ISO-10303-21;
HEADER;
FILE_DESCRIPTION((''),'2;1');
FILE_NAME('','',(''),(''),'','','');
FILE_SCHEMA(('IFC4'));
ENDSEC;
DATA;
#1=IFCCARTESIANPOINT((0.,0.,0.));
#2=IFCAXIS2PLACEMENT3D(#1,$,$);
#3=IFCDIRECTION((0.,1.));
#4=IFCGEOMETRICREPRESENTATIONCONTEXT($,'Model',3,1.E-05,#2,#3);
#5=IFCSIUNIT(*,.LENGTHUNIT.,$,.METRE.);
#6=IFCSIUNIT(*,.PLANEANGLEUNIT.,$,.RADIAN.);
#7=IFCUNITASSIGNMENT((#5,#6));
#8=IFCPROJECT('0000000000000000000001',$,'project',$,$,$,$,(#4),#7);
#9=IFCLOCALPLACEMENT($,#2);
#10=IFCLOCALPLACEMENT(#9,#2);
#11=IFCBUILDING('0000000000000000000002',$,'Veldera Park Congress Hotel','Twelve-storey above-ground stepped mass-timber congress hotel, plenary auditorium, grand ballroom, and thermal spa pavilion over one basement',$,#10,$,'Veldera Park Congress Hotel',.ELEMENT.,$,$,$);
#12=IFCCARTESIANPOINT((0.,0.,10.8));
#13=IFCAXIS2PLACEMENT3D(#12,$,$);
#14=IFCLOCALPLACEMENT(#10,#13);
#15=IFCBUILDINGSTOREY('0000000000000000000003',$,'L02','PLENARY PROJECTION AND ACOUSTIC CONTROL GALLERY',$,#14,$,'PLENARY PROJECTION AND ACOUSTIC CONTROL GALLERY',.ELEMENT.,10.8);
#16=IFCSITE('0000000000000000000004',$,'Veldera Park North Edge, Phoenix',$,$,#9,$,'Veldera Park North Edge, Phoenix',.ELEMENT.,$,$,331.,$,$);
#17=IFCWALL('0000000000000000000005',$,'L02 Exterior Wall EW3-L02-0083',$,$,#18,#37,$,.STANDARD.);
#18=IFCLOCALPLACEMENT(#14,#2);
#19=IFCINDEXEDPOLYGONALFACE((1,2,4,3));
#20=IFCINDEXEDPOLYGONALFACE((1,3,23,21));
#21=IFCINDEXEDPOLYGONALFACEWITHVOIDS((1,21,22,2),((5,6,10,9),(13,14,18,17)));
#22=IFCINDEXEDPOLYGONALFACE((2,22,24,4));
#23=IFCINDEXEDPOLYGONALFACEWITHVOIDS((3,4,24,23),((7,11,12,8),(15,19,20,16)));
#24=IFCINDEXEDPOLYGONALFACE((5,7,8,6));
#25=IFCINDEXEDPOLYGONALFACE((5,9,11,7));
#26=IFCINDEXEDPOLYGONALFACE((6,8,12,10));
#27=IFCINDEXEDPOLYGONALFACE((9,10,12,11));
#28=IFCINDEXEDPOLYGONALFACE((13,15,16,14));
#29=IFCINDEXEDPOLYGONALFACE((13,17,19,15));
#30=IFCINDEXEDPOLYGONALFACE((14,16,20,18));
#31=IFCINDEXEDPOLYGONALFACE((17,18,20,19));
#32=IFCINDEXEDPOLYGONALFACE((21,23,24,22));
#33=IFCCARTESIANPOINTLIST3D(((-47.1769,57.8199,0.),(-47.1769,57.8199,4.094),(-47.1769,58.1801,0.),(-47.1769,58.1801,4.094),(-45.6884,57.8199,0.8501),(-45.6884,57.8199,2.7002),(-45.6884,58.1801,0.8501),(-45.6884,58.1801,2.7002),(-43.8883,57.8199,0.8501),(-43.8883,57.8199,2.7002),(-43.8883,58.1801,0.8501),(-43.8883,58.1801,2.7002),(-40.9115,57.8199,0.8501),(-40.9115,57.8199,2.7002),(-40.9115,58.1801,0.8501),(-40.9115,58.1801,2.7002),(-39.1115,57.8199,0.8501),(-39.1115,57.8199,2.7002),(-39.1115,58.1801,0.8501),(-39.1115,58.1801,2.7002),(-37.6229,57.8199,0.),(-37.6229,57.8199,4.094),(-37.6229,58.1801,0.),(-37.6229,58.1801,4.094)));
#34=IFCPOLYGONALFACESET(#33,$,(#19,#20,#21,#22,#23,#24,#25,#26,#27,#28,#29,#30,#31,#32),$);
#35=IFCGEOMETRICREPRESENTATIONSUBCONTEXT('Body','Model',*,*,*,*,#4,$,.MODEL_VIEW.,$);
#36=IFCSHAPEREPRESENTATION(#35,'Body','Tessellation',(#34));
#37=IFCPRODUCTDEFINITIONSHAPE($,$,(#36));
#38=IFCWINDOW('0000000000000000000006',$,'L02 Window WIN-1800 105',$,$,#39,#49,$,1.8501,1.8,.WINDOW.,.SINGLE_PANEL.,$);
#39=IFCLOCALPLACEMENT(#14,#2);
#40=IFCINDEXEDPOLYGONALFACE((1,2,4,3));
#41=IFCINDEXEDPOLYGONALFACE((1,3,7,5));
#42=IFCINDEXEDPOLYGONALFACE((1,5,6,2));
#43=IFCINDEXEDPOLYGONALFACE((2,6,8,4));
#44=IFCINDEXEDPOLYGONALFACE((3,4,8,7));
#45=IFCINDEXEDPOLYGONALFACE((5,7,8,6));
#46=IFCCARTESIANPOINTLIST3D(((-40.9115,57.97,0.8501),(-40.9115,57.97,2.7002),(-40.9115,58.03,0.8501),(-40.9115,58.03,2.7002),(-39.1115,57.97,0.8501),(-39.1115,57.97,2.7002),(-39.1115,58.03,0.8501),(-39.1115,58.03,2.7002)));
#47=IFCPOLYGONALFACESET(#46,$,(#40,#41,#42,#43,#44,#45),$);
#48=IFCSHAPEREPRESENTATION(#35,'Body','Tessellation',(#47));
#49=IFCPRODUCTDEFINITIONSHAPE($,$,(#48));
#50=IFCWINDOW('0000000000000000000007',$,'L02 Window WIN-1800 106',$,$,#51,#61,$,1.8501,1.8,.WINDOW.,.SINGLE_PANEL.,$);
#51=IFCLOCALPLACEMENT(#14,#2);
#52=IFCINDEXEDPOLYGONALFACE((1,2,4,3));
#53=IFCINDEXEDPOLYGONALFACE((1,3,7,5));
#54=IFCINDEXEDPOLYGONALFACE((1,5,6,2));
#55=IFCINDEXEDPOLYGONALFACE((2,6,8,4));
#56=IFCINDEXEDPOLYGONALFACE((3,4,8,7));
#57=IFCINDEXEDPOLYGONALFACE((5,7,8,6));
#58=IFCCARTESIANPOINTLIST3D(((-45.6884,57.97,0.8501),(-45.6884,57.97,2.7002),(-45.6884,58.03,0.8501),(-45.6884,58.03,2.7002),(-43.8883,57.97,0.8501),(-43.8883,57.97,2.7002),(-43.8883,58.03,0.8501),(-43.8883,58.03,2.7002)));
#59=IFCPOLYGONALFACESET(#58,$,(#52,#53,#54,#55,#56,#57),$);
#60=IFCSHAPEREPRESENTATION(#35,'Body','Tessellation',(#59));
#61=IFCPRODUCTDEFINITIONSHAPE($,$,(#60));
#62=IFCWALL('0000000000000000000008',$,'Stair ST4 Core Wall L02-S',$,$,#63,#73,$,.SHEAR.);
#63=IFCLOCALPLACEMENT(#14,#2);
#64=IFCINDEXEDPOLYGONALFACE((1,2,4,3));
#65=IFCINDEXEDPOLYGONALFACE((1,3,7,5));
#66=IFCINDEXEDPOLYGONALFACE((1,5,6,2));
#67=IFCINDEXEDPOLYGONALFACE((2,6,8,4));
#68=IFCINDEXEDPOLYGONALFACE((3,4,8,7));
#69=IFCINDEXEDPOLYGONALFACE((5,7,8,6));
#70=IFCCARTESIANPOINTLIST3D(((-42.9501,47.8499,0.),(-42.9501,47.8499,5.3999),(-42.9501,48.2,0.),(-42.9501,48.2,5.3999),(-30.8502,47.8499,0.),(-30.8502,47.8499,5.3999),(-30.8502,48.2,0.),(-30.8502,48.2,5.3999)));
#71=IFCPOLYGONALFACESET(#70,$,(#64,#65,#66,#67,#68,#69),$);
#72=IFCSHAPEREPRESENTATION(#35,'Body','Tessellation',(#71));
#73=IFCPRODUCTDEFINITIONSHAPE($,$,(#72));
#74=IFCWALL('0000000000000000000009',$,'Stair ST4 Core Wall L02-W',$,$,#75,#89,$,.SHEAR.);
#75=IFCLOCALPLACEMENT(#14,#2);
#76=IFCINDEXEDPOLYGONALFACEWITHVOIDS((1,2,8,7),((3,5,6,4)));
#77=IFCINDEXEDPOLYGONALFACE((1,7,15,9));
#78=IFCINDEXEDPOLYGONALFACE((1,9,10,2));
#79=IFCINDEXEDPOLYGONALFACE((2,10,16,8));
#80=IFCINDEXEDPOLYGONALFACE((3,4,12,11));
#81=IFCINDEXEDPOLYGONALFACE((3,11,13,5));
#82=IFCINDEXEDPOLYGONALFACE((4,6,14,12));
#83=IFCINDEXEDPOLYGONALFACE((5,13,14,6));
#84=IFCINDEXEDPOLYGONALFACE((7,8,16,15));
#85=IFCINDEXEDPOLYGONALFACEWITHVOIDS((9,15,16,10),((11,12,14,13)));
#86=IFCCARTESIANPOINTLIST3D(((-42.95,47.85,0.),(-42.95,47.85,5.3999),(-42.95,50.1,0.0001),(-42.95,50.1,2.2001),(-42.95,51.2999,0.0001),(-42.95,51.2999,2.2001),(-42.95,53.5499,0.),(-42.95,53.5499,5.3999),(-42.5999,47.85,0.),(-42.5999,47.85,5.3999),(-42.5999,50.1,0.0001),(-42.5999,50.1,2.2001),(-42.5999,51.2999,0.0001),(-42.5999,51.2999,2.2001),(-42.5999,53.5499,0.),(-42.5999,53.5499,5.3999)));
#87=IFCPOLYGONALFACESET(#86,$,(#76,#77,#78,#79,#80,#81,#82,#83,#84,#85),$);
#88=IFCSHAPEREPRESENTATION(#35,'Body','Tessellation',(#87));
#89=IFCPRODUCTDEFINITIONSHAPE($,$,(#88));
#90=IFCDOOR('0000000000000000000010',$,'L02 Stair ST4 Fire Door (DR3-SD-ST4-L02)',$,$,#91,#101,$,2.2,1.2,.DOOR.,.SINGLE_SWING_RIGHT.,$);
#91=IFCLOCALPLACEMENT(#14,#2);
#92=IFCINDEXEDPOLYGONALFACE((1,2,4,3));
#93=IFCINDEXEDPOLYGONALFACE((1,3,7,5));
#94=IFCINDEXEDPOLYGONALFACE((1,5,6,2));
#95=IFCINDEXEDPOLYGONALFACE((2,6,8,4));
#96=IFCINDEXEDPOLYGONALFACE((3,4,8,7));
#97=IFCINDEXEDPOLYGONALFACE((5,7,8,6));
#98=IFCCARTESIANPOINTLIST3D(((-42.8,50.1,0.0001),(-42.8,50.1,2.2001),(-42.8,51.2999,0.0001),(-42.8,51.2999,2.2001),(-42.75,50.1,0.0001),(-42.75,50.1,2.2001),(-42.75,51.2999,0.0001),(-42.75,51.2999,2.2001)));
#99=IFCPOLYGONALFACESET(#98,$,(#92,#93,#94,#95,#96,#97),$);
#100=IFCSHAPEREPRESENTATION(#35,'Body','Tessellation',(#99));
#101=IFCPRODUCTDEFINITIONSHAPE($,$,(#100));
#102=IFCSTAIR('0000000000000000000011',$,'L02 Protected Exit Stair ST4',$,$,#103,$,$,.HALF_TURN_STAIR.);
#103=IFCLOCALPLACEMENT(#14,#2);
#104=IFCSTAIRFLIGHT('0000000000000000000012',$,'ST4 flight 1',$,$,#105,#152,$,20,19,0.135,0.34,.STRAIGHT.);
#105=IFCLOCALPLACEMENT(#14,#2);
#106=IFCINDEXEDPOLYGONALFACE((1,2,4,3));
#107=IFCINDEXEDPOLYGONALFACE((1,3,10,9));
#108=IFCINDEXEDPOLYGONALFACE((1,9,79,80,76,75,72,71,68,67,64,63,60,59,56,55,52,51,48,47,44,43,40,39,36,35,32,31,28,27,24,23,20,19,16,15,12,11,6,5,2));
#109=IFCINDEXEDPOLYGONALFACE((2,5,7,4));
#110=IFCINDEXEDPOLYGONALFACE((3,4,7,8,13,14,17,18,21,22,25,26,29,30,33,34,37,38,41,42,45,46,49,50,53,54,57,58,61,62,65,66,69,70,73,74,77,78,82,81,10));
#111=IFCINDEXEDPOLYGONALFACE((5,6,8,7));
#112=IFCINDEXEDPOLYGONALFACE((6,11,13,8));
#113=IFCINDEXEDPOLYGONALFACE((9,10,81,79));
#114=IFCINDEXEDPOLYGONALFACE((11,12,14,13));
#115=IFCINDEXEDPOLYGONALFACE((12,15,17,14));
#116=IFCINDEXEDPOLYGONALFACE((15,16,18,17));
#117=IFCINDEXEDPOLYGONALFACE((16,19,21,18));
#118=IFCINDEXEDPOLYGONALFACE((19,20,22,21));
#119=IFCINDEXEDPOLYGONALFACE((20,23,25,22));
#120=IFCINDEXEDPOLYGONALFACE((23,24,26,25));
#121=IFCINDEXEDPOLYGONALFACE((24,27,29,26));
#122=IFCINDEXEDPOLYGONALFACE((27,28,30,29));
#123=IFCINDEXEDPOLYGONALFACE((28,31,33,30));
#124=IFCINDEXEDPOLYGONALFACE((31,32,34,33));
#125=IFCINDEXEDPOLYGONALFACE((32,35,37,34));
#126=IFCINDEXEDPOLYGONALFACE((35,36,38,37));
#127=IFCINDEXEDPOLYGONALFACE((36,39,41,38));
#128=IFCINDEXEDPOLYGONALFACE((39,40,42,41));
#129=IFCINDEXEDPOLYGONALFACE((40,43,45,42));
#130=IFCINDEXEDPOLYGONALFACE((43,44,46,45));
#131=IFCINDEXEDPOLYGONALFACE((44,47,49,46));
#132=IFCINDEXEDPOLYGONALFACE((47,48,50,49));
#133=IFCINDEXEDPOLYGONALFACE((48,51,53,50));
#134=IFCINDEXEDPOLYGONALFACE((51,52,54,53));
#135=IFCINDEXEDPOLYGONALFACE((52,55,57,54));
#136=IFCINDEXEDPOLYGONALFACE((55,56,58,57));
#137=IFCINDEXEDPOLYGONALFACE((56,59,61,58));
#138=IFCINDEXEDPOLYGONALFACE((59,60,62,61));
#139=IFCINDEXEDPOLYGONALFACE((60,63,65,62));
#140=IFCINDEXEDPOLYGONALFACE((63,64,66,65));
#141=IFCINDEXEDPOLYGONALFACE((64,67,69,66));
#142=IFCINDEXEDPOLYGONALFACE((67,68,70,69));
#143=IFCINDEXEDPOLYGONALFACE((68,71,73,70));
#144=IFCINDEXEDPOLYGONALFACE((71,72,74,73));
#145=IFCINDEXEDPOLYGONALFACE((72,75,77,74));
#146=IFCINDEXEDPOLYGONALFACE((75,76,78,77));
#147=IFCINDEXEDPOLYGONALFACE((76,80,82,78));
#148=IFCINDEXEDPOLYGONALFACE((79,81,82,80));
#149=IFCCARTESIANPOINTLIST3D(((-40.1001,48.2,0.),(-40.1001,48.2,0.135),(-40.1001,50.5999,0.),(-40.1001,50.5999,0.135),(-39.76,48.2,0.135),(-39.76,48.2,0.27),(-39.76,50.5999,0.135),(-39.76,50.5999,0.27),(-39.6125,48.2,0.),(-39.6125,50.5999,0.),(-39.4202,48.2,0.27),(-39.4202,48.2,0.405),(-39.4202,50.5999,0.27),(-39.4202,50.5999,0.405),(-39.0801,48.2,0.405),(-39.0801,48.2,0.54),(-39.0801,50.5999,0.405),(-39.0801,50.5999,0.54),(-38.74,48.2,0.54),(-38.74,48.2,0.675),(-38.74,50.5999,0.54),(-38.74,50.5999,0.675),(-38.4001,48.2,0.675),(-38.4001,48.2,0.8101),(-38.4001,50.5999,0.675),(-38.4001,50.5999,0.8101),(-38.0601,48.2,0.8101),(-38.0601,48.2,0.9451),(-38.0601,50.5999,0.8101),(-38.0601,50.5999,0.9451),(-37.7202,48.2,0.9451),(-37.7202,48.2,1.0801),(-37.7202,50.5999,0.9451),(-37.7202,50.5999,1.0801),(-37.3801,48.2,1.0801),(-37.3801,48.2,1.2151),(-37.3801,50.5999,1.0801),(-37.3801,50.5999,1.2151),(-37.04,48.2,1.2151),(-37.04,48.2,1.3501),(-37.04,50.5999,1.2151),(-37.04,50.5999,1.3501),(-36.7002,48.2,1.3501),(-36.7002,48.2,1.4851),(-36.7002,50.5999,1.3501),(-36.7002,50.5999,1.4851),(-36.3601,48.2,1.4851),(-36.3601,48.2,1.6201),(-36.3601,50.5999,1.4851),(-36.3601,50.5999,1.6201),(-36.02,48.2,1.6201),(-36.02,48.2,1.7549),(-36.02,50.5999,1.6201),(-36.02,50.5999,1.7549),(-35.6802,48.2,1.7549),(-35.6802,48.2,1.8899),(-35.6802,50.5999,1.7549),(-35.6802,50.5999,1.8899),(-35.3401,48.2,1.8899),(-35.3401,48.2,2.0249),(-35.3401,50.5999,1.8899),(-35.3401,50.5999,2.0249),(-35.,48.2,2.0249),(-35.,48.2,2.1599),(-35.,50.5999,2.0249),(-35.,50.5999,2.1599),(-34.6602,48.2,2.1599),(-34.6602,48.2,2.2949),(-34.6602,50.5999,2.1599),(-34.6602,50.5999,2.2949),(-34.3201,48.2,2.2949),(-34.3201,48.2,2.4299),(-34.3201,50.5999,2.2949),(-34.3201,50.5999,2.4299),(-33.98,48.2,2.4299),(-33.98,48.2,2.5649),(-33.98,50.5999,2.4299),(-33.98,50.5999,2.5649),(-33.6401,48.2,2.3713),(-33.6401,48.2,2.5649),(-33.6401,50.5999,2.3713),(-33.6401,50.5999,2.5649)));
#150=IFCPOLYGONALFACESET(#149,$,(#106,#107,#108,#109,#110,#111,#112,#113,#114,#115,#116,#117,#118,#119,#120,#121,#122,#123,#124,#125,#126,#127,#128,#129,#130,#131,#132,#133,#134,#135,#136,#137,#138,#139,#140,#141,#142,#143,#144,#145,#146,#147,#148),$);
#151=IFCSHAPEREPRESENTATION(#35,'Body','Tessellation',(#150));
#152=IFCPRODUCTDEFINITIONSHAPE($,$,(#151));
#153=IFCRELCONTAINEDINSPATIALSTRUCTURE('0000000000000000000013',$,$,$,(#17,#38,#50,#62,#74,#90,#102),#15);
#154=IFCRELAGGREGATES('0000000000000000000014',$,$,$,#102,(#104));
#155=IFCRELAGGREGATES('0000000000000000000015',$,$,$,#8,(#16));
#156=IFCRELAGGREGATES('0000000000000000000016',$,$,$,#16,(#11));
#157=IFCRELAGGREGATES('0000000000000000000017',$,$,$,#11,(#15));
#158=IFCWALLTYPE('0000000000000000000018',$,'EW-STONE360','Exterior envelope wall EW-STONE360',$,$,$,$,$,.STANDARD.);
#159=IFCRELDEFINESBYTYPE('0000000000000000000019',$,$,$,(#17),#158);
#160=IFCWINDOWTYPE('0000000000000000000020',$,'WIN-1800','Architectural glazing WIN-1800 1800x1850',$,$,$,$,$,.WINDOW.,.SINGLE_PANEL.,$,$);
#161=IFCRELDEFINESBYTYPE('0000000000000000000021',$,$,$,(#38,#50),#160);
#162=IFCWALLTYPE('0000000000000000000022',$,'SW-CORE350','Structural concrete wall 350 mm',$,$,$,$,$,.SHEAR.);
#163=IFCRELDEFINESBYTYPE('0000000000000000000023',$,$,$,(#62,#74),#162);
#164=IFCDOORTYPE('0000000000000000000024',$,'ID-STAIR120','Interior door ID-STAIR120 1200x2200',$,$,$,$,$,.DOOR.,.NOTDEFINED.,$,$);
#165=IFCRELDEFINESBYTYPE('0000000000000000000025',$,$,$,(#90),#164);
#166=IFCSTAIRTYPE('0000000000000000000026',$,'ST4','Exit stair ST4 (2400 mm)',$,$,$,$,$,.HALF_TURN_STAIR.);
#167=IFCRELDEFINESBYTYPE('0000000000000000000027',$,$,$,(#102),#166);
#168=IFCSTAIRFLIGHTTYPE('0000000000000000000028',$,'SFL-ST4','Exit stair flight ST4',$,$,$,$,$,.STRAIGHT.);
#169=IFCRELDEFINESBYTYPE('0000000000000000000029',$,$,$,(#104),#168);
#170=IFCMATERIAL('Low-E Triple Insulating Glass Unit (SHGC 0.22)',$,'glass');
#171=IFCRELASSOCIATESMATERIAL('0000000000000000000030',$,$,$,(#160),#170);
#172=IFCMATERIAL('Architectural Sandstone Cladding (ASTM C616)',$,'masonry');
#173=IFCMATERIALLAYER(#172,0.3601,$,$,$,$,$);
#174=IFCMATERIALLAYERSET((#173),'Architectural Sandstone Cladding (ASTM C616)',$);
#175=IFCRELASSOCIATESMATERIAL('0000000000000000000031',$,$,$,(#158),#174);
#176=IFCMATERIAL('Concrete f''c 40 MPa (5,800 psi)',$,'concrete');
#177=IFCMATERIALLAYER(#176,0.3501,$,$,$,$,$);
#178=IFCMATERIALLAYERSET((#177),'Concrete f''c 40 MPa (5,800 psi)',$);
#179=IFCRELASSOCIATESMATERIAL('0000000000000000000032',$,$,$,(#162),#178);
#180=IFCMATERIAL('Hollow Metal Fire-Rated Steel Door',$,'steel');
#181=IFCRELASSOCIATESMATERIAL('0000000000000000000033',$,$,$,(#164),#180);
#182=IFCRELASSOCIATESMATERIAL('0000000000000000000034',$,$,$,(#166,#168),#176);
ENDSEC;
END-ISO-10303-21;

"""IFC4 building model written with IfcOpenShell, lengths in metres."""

from ifc_helpers import new_model, si_unit, direction, frame, frame_2d, origin, place, context, subcontext, project, spatial, polyline, rectangle, outline, extrude, material, layer, layer_set, type_object, element, fill, aggregate, save


model = new_model("IFC4")

# Units and contexts
model_context = context("Model", 3, precision=1e-05, world=origin(), true_north=direction((0.0, 1.0)))
body_context = subcontext(model_context, "Body", "Model", "MODEL_VIEW")
ifc_project = project(units=[si_unit("LENGTHUNIT", "METRE"), si_unit("PLANEANGLEUNIT", "RADIAN")], contexts=[model_context])

# Site, building, storey
site_placement = place(None, origin())
site = spatial("IfcSite", under=ifc_project, at=site_placement, Name="Veldera Park North Edge, Phoenix", LongName="Veldera Park North Edge, Phoenix", CompositionType="ELEMENT", RefElevation=331.0)
building_placement = place(site_placement, origin())
building = spatial("IfcBuilding", under=site, at=building_placement, Name="Veldera Park Congress Hotel", Description="Twelve-storey above-ground stepped mass-timber congress hotel, plenary auditorium, grand ballroom, and thermal spa pavilion over one basement", LongName="Veldera Park Congress Hotel", CompositionType="ELEMENT")
storey_placement = place(building_placement, frame((0.0, 0.0, 10.8)))
storey = spatial("IfcBuildingStorey", under=building, at=storey_placement, Name="L02", Description="PLENARY PROJECTION AND ACOUSTIC CONTROL GALLERY", LongName="PLENARY PROJECTION AND ACOUSTIC CONTROL GALLERY", CompositionType="ELEMENT", Elevation=10.8)

# Wall, openings, windows
ifc_material_1 = material(Name="Low-E Triple Insulating Glass Unit (SHGC 0.22)", Category="glass")
window_type = type_object("IfcWindowType", Name="WIN-1800", Description="Architectural glazing WIN-1800 1800x1850", PartitioningType="SINGLE_PANEL", PredefinedType="WINDOW", material=ifc_material_1)
ifc_material_2 = material(Name="Architectural Sandstone Cladding (ASTM C616)", Category="masonry")
ifc_layer_1 = layer(ifc_material_2, 0.3601)
ifc_layer_set_1 = layer_set([ifc_layer_1], Name="Architectural Sandstone Cladding (ASTM C616)")
wall_type_1 = type_object("IfcWallType", Name="EW-STONE360", Description="Exterior envelope wall EW-STONE360", PredefinedType="STANDARD", material=ifc_layer_set_1)
wall_1_placement = place(storey_placement, frame((-37.623, 58.0, 0.0), z_axis=(0.0, 0.0, 1.0), x_axis=(-1.0, 0.0, 0.0)))
wall_1 = element("IfcWall", 1, at=wall_1_placement, inside=storey, type_object=wall_type_1, Name="L02 Exterior Wall EW3-L02-0083", PredefinedType="STANDARD", context=body_context, shape_type="SweptSolid", body=[
    extrude(rectangle(XDim=9.554, YDim=0.3601, at=frame_2d((4.7769, 0.0))), origin(), (0.0, 0.0, 1.0), 4.094),
])
opening_1_placement = place(wall_1_placement, frame((1.4885, 0.0, 0.8501)))
opening_1 = element("IfcOpeningElement", 2, at=opening_1_placement, cuts=wall_1, PredefinedType="OPENING", context=body_context, shape_type="SweptSolid", body=[
    extrude(rectangle(XDim=1.8, YDim=1.8501, at=frame_2d((0.8999, 0.925))), frame((0.0, 0.1921, 0.0), z_axis=(0.0, -1.0, 0.0), x_axis=(1.0, 0.0, 0.0)), (0.0, 0.0, 1.0), 0.384),
])
opening_2_placement = place(wall_1_placement, frame((6.2654, 0.0, 0.8501)))
opening_2 = element("IfcOpeningElement", 3, at=opening_2_placement, cuts=wall_1, PredefinedType="OPENING", context=body_context, shape_type="SweptSolid", body=[
    extrude(rectangle(XDim=1.8, YDim=1.8501, at=frame_2d((0.8999, 0.925))), frame((0.0, 0.1921, 0.0), z_axis=(0.0, -1.0, 0.0), x_axis=(1.0, 0.0, 0.0)), (0.0, 0.0, 1.0), 0.384),
])
window_1_placement = place(opening_1_placement, origin())
window_1 = element("IfcWindow", 4, at=window_1_placement, inside=storey, type_object=window_type, Name="L02 Window WIN-1800 105", OverallHeight=1.8501, OverallWidth=1.8, PartitioningType="SINGLE_PANEL", PredefinedType="WINDOW", context=body_context, shape_type="SweptSolid", body=[
    extrude(rectangle(XDim=1.8, YDim=1.8501, at=frame_2d((0.8999, 0.925))), frame((0.0, 0.03, 0.0), z_axis=(0.0, -1.0, 0.0), x_axis=(1.0, 0.0, 0.0)), (0.0, 0.0, 1.0), 0.0601),
])
fill(opening_1, window_1)
window_2_placement = place(opening_2_placement, origin())
window_2 = element("IfcWindow", 5, at=window_2_placement, inside=storey, type_object=window_type, Name="L02 Window WIN-1800 106", OverallHeight=1.8501, OverallWidth=1.8, PartitioningType="SINGLE_PANEL", PredefinedType="WINDOW", context=body_context, shape_type="SweptSolid", body=[
    extrude(rectangle(XDim=1.8, YDim=1.8501, at=frame_2d((0.8999, 0.925))), frame((0.0, 0.03, 0.0), z_axis=(0.0, -1.0, 0.0), x_axis=(1.0, 0.0, 0.0)), (0.0, 0.0, 1.0), 0.0601),
])
fill(opening_2, window_2)

# Wall
ifc_material_3 = material(Name="Concrete f'c 40 MPa (5,800 psi)", Category="concrete")
ifc_layer_2 = layer(ifc_material_3, 0.3501)
ifc_layer_set_2 = layer_set([ifc_layer_2], Name="Concrete f'c 40 MPa (5,800 psi)")
wall_type_2 = type_object("IfcWallType", Name="SW-CORE350", Description="Structural concrete wall 350 mm", PredefinedType="SHEAR", material=ifc_layer_set_2)
wall_2_placement = place(storey_placement, frame((-42.95, 48.0249, 0.0), z_axis=(0.0, 0.0, 1.0), x_axis=(1.0, 0.0, 0.0)))
element("IfcWall", 6, at=wall_2_placement, inside=storey, type_object=wall_type_2, Name="Stair ST4 Core Wall L02-S", PredefinedType="SHEAR", context=body_context, shape_type="SweptSolid", body=[
    extrude(rectangle(XDim=12.0999, YDim=0.3501, at=frame_2d((6.0498, 0.0))), origin(), (0.0, 0.0, 1.0), 5.3999),
])

# Wall, opening, door
wall_3_placement = place(storey_placement, frame((-42.7749, 53.55, 0.0), z_axis=(0.0, 0.0, 1.0), x_axis=(0.0, -1.0, 0.0)))
wall_3 = element("IfcWall", 7, at=wall_3_placement, inside=storey, type_object=wall_type_2, Name="Stair ST4 Core Wall L02-W", PredefinedType="SHEAR", context=body_context, shape_type="SweptSolid", body=[
    extrude(rectangle(XDim=5.7, YDim=0.3501, at=frame_2d((2.8501, 0.0))), origin(), (0.0, 0.0, 1.0), 5.3999),
])
opening_3_placement = place(wall_3_placement, frame((2.25, 0.0, 0.0)))
opening_3 = element("IfcOpeningElement", 8, at=opening_3_placement, cuts=wall_3, PredefinedType="OPENING", context=body_context, shape_type="SweptSolid", body=[
    extrude(rectangle(XDim=1.2, YDim=2.2, at=frame_2d((0.6001, 1.1001))), frame((0.0, 0.187, 0.0), z_axis=(0.0, -1.0, 0.0), x_axis=(1.0, 0.0, 0.0)), (0.0, 0.0, 1.0), 0.374),
])
ifc_material_4 = material(Name="Hollow Metal Fire-Rated Steel Door", Category="steel")
door_type = type_object("IfcDoorType", Name="ID-STAIR120", Description="Interior door ID-STAIR120 1200x2200", OperationType="NOTDEFINED", PredefinedType="DOOR", material=ifc_material_4)
door_placement = place(opening_3_placement, origin())
door = element("IfcDoor", 9, at=door_placement, inside=storey, type_object=door_type, Name="L02 Stair ST4 Fire Door (DR3-SD-ST4-L02)", OperationType="SINGLE_SWING_RIGHT", OverallHeight=2.2, OverallWidth=1.2, PredefinedType="DOOR", context=body_context, shape_type="SweptSolid", body=[
    extrude(rectangle(XDim=1.2, YDim=2.2, at=frame_2d((0.6001, 1.1001))), frame((0.0, 0.0249, 0.0), z_axis=(0.0, -1.0, 0.0), x_axis=(1.0, 0.0, 0.0)), (0.0, 0.0, 1.0), 0.05),
])
fill(opening_3, door)

# Stair, stair flight
stair_type = type_object("IfcStairType", Name="ST4", Description="Exit stair ST4 (2400 mm)", PredefinedType="HALF_TURN_STAIR", material=ifc_material_3)
stair_placement = place(storey_placement, origin())
stair = element("IfcStair", 10, at=stair_placement, inside=storey, type_object=stair_type, Name="L02 Protected Exit Stair ST4", PredefinedType="HALF_TURN_STAIR")
stair_flight_type = type_object("IfcStairFlightType", Name="SFL-ST4", Description="Exit stair flight ST4", PredefinedType="STRAIGHT", material=ifc_material_3)
stair_flight_placement = place(storey_placement, frame((-40.1001, 49.3999, 0.0), z_axis=(0.0, 0.0, 1.0), x_axis=(1.0, 0.0, 0.0)))
stair_flight = element("IfcStairFlight", 11, at=stair_flight_placement, type_object=stair_flight_type, Name="ST4 flight 1", NumberOfRisers=20, NumberOfTreads=19, PredefinedType="STRAIGHT", RiserHeight=0.135, TreadLength=0.34, context=body_context, shape_type="SweptSolid", body=[
    extrude(outline(polyline([(0.0, 0.0), (0.0, 0.135), (0.3401, 0.135), (0.3401, 0.27), (0.6799, 0.27), (0.6799, 0.405), (1.02, 0.405), (1.02, 0.54), (1.3601, 0.54), (1.3601, 0.675), (1.7, 0.675), (1.7, 0.8101), (2.04, 0.8101), (2.04, 0.9451), (2.3799, 0.9451), (2.3799, 1.0801), (2.72, 1.0801), (2.72, 1.2151), (3.0601, 1.2151), (3.0601, 1.3501), (3.3999, 1.3501), (3.3999, 1.4851), (3.74, 1.4851), (3.74, 1.6201), (4.0801, 1.6201), (4.0801, 1.7549), (4.4199, 1.7549), (4.4199, 1.8899), (4.76, 1.8899), (4.76, 2.0249), (5.1001, 2.0249), (5.1001, 2.1599), (5.4399, 2.1599), (5.4399, 2.2949), (5.78, 2.2949), (5.78, 2.4299), (6.1201, 2.4299), (6.1201, 2.5649), (6.46, 2.5649), (6.46, 2.7), (6.46, 2.7), (6.46, 2.3713), (0.4875, 0.0), (0.0, 0.0)])), frame((0.0, 1.2, 0.0), z_axis=(0.0, -1.0, 0.0), x_axis=(1.0, 0.0, 0.0)), (0.0, 0.0, 1.0), 2.3999),
])
aggregate(stair, [stair_flight])

save(model, "model.ifc")
